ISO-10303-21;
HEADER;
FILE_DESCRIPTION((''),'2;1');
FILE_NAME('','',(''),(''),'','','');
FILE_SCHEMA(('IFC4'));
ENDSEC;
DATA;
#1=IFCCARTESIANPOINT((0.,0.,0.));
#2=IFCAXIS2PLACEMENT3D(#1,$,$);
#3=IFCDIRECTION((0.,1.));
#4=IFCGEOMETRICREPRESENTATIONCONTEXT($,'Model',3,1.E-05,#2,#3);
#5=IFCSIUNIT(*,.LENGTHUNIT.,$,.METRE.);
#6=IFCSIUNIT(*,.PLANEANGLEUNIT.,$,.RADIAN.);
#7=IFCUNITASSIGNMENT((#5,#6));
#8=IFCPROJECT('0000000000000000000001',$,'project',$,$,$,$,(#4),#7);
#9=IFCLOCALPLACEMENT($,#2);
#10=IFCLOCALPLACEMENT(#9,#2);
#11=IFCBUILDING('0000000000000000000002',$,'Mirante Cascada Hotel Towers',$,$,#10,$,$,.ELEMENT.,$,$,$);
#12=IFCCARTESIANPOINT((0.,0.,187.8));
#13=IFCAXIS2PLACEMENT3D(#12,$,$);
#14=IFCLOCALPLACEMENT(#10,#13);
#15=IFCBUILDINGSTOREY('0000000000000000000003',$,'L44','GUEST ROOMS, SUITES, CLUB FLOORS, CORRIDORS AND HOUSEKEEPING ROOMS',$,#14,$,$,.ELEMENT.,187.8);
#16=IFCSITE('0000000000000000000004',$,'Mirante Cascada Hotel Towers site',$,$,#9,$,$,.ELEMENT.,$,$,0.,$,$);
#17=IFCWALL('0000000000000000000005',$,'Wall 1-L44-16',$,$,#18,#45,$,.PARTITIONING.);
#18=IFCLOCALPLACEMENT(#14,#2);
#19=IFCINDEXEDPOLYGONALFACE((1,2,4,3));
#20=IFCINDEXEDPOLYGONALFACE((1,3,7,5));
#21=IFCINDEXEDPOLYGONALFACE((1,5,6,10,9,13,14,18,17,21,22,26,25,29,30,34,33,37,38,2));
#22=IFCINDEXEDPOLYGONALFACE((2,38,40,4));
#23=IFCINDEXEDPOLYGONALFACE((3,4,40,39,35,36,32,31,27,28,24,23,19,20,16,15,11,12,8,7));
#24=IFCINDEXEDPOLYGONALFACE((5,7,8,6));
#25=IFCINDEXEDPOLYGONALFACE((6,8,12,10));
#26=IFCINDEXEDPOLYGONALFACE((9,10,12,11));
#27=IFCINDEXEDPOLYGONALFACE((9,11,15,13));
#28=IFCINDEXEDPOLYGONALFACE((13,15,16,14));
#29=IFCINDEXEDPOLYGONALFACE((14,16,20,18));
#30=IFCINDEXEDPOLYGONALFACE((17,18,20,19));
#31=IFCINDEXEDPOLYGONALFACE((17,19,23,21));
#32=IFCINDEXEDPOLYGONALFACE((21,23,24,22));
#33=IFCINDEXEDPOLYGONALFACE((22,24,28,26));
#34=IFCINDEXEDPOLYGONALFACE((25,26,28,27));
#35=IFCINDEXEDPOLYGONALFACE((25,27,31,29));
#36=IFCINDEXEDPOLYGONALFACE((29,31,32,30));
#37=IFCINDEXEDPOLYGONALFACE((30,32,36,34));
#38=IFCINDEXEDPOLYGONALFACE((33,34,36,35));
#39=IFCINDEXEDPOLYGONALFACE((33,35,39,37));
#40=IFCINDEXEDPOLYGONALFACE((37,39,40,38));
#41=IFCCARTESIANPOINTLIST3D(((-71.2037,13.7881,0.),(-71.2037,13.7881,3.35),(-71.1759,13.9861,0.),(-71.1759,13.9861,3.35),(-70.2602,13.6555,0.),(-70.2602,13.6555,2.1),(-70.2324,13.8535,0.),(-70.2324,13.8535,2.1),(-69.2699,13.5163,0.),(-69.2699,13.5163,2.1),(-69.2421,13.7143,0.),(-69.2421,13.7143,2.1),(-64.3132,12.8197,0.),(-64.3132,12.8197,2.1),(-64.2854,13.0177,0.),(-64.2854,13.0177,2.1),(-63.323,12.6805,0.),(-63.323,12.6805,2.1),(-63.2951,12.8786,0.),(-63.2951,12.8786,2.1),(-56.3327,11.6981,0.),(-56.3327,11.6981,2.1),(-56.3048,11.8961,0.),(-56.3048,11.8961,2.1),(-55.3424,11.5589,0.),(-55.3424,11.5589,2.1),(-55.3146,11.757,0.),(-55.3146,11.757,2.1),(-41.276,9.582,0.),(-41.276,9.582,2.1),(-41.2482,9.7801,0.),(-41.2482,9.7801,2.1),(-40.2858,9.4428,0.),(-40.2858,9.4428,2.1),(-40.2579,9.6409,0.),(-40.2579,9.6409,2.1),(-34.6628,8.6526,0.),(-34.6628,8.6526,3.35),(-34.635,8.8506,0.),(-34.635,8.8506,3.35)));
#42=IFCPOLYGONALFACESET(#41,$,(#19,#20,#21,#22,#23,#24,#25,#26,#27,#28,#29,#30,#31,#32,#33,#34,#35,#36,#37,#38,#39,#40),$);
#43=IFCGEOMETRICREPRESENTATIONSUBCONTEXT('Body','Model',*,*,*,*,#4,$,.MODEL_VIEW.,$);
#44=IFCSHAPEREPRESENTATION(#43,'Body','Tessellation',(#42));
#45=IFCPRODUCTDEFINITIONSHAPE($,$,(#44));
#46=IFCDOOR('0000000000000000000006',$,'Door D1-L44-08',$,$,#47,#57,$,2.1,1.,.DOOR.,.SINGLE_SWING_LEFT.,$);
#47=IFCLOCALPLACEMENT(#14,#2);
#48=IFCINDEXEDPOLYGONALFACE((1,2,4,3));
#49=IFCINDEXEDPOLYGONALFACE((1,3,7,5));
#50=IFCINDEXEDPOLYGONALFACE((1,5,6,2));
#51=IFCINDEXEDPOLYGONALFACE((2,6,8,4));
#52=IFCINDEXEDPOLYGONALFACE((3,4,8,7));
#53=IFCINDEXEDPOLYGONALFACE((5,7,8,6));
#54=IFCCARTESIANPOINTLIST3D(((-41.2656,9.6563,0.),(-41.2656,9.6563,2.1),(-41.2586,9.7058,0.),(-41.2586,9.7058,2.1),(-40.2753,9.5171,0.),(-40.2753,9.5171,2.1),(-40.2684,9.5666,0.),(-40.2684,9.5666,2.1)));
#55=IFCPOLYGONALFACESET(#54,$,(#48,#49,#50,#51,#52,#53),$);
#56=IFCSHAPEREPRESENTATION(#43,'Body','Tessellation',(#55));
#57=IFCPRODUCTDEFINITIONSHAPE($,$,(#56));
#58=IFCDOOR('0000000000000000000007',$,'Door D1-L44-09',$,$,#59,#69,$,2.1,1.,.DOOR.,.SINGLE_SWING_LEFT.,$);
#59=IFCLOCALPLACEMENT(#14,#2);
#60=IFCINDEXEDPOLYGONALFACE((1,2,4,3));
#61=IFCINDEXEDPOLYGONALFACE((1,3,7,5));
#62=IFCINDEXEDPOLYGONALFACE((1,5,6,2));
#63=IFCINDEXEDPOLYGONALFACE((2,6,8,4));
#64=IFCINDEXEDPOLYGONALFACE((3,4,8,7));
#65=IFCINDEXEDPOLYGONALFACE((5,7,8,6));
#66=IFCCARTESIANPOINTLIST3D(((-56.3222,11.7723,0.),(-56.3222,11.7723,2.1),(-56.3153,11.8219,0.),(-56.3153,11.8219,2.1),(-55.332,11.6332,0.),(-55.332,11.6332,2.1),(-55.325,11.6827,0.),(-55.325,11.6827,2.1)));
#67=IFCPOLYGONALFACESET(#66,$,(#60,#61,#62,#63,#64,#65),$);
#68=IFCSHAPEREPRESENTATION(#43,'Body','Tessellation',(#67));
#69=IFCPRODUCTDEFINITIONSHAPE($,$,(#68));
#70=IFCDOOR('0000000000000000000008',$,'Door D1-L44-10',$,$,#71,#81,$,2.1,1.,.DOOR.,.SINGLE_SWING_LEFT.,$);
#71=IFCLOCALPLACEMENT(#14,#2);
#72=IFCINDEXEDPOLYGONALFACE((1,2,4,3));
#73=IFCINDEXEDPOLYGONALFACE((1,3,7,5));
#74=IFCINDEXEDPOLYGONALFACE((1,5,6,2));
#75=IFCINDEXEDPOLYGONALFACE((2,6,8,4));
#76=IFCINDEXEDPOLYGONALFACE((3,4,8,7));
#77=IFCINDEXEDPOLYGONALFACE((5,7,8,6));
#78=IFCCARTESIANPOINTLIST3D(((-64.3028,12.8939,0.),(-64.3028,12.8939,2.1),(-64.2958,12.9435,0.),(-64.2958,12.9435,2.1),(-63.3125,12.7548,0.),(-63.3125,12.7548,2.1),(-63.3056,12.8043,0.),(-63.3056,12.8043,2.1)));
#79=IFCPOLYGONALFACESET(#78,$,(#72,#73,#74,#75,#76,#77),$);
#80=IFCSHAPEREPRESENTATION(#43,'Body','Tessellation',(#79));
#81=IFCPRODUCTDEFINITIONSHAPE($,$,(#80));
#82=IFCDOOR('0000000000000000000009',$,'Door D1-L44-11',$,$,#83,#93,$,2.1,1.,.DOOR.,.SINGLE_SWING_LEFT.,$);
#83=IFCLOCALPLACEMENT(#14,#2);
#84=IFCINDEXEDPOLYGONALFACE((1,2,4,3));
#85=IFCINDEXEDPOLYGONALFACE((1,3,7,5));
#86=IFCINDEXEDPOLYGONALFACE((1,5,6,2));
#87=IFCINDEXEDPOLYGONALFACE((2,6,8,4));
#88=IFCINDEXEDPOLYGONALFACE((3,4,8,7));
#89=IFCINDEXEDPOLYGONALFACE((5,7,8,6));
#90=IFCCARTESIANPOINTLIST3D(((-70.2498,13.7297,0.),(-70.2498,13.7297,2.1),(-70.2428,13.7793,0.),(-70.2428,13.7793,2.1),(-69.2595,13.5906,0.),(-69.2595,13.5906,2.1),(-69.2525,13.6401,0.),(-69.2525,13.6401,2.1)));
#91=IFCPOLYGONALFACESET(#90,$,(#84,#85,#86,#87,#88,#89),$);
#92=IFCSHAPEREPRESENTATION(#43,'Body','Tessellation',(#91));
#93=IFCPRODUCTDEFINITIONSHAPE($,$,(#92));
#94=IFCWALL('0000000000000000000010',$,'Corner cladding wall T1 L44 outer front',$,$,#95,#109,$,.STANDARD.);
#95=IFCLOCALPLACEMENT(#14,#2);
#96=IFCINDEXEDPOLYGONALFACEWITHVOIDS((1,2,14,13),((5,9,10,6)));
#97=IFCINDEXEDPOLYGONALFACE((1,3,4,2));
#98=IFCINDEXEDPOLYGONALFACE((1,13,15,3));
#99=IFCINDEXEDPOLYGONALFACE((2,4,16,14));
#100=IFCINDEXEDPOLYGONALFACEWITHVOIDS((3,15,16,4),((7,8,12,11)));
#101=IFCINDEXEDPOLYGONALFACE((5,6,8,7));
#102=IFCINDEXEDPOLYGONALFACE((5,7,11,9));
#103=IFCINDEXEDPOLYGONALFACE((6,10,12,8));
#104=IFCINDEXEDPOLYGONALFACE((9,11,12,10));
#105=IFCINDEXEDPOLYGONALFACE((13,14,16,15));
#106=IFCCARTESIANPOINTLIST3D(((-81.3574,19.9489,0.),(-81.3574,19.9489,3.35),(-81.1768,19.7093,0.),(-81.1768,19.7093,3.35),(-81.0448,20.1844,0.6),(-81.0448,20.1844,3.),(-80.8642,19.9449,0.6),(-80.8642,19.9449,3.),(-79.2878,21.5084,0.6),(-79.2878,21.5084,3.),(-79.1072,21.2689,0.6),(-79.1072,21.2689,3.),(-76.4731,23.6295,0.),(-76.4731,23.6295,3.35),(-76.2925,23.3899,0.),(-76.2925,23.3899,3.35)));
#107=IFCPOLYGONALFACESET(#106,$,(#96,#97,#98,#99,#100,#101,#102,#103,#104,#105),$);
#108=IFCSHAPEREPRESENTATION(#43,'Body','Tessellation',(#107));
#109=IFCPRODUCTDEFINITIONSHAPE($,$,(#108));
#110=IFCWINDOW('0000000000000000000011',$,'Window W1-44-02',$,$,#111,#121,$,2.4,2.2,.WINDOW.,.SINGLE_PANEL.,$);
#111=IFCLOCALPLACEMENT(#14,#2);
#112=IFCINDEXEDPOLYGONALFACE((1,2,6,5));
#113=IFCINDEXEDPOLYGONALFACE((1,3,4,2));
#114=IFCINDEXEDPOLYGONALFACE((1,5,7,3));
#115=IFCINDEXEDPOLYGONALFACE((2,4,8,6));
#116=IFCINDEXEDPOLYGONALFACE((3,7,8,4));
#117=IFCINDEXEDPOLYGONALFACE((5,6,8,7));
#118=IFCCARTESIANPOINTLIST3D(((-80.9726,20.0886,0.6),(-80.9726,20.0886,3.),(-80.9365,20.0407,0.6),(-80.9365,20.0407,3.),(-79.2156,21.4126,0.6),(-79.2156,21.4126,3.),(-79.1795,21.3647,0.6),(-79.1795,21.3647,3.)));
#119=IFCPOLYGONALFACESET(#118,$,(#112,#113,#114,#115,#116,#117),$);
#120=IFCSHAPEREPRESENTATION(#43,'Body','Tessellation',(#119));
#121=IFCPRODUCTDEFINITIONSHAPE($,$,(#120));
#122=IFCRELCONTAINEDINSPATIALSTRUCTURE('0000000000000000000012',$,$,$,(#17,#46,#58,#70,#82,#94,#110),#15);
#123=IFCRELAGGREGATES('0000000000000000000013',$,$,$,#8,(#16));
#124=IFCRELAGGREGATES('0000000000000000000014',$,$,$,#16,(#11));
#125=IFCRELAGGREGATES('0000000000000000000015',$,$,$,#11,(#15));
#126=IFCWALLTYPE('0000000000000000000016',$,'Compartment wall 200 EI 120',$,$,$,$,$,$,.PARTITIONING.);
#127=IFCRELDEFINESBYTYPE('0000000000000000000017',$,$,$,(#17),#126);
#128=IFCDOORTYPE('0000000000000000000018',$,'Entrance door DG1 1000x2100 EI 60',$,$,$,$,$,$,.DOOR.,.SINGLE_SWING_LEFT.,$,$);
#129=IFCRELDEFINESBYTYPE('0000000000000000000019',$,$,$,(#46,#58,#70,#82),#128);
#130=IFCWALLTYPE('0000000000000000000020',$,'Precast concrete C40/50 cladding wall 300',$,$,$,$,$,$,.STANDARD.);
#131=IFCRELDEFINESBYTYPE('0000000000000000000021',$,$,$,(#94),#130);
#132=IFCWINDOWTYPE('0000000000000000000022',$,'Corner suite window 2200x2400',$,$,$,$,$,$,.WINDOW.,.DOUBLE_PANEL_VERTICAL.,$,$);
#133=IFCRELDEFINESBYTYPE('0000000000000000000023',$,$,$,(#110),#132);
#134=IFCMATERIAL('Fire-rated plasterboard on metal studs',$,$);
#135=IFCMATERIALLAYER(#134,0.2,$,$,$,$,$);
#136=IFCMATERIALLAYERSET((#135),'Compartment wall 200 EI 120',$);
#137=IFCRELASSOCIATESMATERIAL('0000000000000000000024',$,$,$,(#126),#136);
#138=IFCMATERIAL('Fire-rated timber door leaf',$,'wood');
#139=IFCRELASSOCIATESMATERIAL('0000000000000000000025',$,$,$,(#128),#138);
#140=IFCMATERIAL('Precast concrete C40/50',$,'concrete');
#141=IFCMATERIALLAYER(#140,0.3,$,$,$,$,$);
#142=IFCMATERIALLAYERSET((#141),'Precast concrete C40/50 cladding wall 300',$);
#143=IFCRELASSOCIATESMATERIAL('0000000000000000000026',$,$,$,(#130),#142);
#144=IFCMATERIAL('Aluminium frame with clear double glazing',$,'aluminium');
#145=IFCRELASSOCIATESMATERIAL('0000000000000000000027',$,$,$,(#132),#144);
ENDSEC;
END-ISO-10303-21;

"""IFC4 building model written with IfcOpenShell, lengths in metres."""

from ifc_helpers import new_model, si_unit, direction, frame, frame_2d, origin, place, context, subcontext, project, spatial, rectangle, extrude, material, layer, layer_set, type_object, element, fill, save


model = new_model("IFC4")

# Units and contexts
model_context = context("Model", 3, precision=1e-05, world=origin(), true_north=direction((0.0, 1.0)))
body_context = subcontext(model_context, "Body", "Model", "MODEL_VIEW")
ifc_project = project(units=[si_unit("LENGTHUNIT", "METRE"), si_unit("PLANEANGLEUNIT", "RADIAN")], contexts=[model_context])

# Site, building, storey
site_placement = place(None, origin())
site = spatial("IfcSite", under=ifc_project, at=site_placement, Name="Mirante Cascada Hotel Towers site", CompositionType="ELEMENT", RefElevation=0.0)
building_placement = place(site_placement, origin())
building = spatial("IfcBuilding", under=site, at=building_placement, Name="Mirante Cascada Hotel Towers", CompositionType="ELEMENT")
storey_placement = place(building_placement, frame((0.0, 0.0, 187.8)))
storey = spatial("IfcBuildingStorey", under=building, at=storey_placement, Name="L44", Description="GUEST ROOMS, SUITES, CLUB FLOORS, CORRIDORS AND HOUSEKEEPING ROOMS", CompositionType="ELEMENT", Elevation=187.8)

# Wall, openings, doors
ifc_material_1 = material(Name="Fire-rated plasterboard on metal studs")
ifc_layer_1 = layer(ifc_material_1, 0.2)
ifc_layer_set_1 = layer_set([ifc_layer_1], Name="Compartment wall 200 EI 120")
wall_type_1 = type_object("IfcWallType", Name="Compartment wall 200 EI 120", PredefinedType="PARTITIONING", material=ifc_layer_set_1)
wall_1_placement = place(storey_placement, frame((-71.1898, 13.8871, 0.0), z_axis=(0.0, 0.0, 1.0), x_axis=(0.990268, -0.139173, 0.0)))
wall_1 = element("IfcWall", 1, at=wall_1_placement, inside=storey, type_object=wall_type_1, Name="Wall 1-L44-16", PredefinedType="PARTITIONING", context=body_context, shape_type="SweptSolid", body=[
    extrude(rectangle(XDim=36.9, YDim=0.2, at=frame_2d((18.45, 0.0))), origin(), (0.0, 0.0, 1.0), 3.35),
])
opening_1_placement = place(wall_1_placement, frame((30.2218, 0.0, 0.0)))
opening_1 = element("IfcOpeningElement", 2, at=opening_1_placement, cuts=wall_1, PredefinedType="OPENING", context=body_context, shape_type="SweptSolid", body=[
    extrude(rectangle(XDim=1.0, YDim=2.1, at=frame_2d((0.5, 1.05))), frame((0.0, 0.1, 0.0), z_axis=(0.0, -1.0, 0.0), x_axis=(1.0, 0.0, 0.0)), (0.0, 0.0, 1.0), 0.2),
])
opening_2_placement = place(wall_1_placement, frame((15.0172, 0.0, 0.0)))
opening_2 = element("IfcOpeningElement", 3, at=opening_2_placement, cuts=wall_1, PredefinedType="OPENING", context=body_context, shape_type="SweptSolid", body=[
    extrude(rectangle(XDim=1.0, YDim=2.1, at=frame_2d((0.5, 1.05))), frame((0.0, 0.1, 0.0), z_axis=(0.0, -1.0, 0.0), x_axis=(1.0, 0.0, 0.0)), (0.0, 0.0, 1.0), 0.2),
])
opening_3_placement = place(wall_1_placement, frame((6.9582, 0.0, 0.0)))
opening_3 = element("IfcOpeningElement", 4, at=opening_3_placement, cuts=wall_1, PredefinedType="OPENING", context=body_context, shape_type="SweptSolid", body=[
    extrude(rectangle(XDim=1.0, YDim=2.1, at=frame_2d((0.5, 1.05))), frame((0.0, 0.1, 0.0), z_axis=(0.0, -1.0, 0.0), x_axis=(1.0, 0.0, 0.0)), (0.0, 0.0, 1.0), 0.2),
])
opening_4_placement = place(wall_1_placement, frame((0.9528, 0.0, 0.0)))
opening_4 = element("IfcOpeningElement", 5, at=opening_4_placement, cuts=wall_1, PredefinedType="OPENING", context=body_context, shape_type="SweptSolid", body=[
    extrude(rectangle(XDim=1.0, YDim=2.1, at=frame_2d((0.5, 1.05))), frame((0.0, 0.1, 0.0), z_axis=(0.0, -1.0, 0.0), x_axis=(1.0, 0.0, 0.0)), (0.0, 0.0, 1.0), 0.2),
])
ifc_material_2 = material(Name="Fire-rated timber door leaf", Category="wood")
door_type = type_object("IfcDoorType", Name="Entrance door DG1 1000x2100 EI 60", OperationType="SINGLE_SWING_LEFT", PredefinedType="DOOR", material=ifc_material_2)
door_1_placement = place(opening_1_placement, origin())
door_1 = element("IfcDoor", 6, at=door_1_placement, inside=storey, type_object=door_type, Name="Door D1-L44-08", OperationType="SINGLE_SWING_LEFT", OverallHeight=2.1, OverallWidth=1.0, PredefinedType="DOOR", context=body_context, shape_type="SweptSolid", body=[
    extrude(rectangle(XDim=1.0, YDim=2.1, at=frame_2d((0.5, 1.05))), frame((0.0, 0.025, 0.0), z_axis=(0.0, -1.0, 0.0), x_axis=(1.0, 0.0, 0.0)), (0.0, 0.0, 1.0), 0.05),
])
fill(opening_1, door_1)
door_2_placement = place(opening_2_placement, origin())
door_2 = element("IfcDoor", 7, at=door_2_placement, inside=storey, type_object=door_type, Name="Door D1-L44-09", OperationType="SINGLE_SWING_LEFT", OverallHeight=2.1, OverallWidth=1.0, PredefinedType="DOOR", context=body_context, shape_type="SweptSolid", body=[
    extrude(rectangle(XDim=1.0, YDim=2.1, at=frame_2d((0.5, 1.05))), frame((0.0, 0.025, 0.0), z_axis=(0.0, -1.0, 0.0), x_axis=(1.0, 0.0, 0.0)), (0.0, 0.0, 1.0), 0.05),
])
fill(opening_2, door_2)
door_3_placement = place(opening_3_placement, origin())
door_3 = element("IfcDoor", 8, at=door_3_placement, inside=storey, type_object=door_type, Name="Door D1-L44-10", OperationType="SINGLE_SWING_LEFT", OverallHeight=2.1, OverallWidth=1.0, PredefinedType="DOOR", context=body_context, shape_type="SweptSolid", body=[
    extrude(rectangle(XDim=1.0, YDim=2.1, at=frame_2d((0.5, 1.05))), frame((0.0, 0.025, 0.0), z_axis=(0.0, -1.0, 0.0), x_axis=(1.0, 0.0, 0.0)), (0.0, 0.0, 1.0), 0.05),
])
fill(opening_3, door_3)
door_4_placement = place(opening_4_placement, origin())
door_4 = element("IfcDoor", 9, at=door_4_placement, inside=storey, type_object=door_type, Name="Door D1-L44-11", OperationType="SINGLE_SWING_LEFT", OverallHeight=2.1, OverallWidth=1.0, PredefinedType="DOOR", context=body_context, shape_type="SweptSolid", body=[
    extrude(rectangle(XDim=1.0, YDim=2.1, at=frame_2d((0.5, 1.05))), frame((0.0, 0.025, 0.0), z_axis=(0.0, -1.0, 0.0), x_axis=(1.0, 0.0, 0.0)), (0.0, 0.0, 1.0), 0.05),
])
fill(opening_4, door_4)

# Wall, opening, window
ifc_material_3 = material(Name="Precast concrete C40/50", Category="concrete")
ifc_layer_2 = layer(ifc_material_3, 0.3)
ifc_layer_set_2 = layer_set([ifc_layer_2], Name="Precast concrete C40/50 cladding wall 300")
wall_type_2 = type_object("IfcWallType", Name="Precast concrete C40/50 cladding wall 300", PredefinedType="STANDARD", material=ifc_layer_set_2)
wall_2_placement = place(storey_placement, frame((-81.2671, 19.8291, 0.0), z_axis=(0.0, 0.0, 1.0), x_axis=(0.798634, 0.601817, 0.0)))
wall_2 = element("IfcWall", 10, at=wall_2_placement, inside=storey, type_object=wall_type_2, Name="Corner cladding wall T1 L44 outer front", PredefinedType="STANDARD", context=body_context, shape_type="SweptSolid", body=[
    extrude(rectangle(XDim=6.1158, YDim=0.3, at=frame_2d((3.0579, 0.0))), origin(), (0.0, 0.0, 1.0), 3.35),
])
opening_5_placement = place(wall_2_placement, frame((0.3914, 0.0, 0.6)))
opening_5 = element("IfcOpeningElement", 11, at=opening_5_placement, cuts=wall_2, PredefinedType="OPENING", context=body_context, shape_type="SweptSolid", body=[
    extrude(rectangle(XDim=2.2, YDim=2.4, at=frame_2d((1.1, 1.2))), frame((0.0, 0.15, 0.0), z_axis=(0.0, -1.0, 0.0), x_axis=(1.0, 0.0, 0.0)), (0.0, 0.0, 1.0), 0.3),
])
ifc_material_4 = material(Name="Aluminium frame with clear double glazing", Category="aluminium")
window_type = type_object("IfcWindowType", Name="Corner suite window 2200x2400", PartitioningType="DOUBLE_PANEL_VERTICAL", PredefinedType="WINDOW", material=ifc_material_4)
window_placement = place(opening_5_placement, origin())
window = element("IfcWindow", 12, at=window_placement, inside=storey, type_object=window_type, Name="Window W1-44-02", OverallHeight=2.4, OverallWidth=2.2, PartitioningType="SINGLE_PANEL", PredefinedType="WINDOW", context=body_context, shape_type="SweptSolid", body=[
    extrude(rectangle(XDim=2.2, YDim=2.4, at=frame_2d((1.1, 1.2))), frame((0.0, 0.03, 0.0), z_axis=(0.0, -1.0, 0.0), x_axis=(1.0, 0.0, 0.0)), (0.0, 0.0, 1.0), 0.06),
])
fill(opening_5, window)

save(model, "model.ifc")
